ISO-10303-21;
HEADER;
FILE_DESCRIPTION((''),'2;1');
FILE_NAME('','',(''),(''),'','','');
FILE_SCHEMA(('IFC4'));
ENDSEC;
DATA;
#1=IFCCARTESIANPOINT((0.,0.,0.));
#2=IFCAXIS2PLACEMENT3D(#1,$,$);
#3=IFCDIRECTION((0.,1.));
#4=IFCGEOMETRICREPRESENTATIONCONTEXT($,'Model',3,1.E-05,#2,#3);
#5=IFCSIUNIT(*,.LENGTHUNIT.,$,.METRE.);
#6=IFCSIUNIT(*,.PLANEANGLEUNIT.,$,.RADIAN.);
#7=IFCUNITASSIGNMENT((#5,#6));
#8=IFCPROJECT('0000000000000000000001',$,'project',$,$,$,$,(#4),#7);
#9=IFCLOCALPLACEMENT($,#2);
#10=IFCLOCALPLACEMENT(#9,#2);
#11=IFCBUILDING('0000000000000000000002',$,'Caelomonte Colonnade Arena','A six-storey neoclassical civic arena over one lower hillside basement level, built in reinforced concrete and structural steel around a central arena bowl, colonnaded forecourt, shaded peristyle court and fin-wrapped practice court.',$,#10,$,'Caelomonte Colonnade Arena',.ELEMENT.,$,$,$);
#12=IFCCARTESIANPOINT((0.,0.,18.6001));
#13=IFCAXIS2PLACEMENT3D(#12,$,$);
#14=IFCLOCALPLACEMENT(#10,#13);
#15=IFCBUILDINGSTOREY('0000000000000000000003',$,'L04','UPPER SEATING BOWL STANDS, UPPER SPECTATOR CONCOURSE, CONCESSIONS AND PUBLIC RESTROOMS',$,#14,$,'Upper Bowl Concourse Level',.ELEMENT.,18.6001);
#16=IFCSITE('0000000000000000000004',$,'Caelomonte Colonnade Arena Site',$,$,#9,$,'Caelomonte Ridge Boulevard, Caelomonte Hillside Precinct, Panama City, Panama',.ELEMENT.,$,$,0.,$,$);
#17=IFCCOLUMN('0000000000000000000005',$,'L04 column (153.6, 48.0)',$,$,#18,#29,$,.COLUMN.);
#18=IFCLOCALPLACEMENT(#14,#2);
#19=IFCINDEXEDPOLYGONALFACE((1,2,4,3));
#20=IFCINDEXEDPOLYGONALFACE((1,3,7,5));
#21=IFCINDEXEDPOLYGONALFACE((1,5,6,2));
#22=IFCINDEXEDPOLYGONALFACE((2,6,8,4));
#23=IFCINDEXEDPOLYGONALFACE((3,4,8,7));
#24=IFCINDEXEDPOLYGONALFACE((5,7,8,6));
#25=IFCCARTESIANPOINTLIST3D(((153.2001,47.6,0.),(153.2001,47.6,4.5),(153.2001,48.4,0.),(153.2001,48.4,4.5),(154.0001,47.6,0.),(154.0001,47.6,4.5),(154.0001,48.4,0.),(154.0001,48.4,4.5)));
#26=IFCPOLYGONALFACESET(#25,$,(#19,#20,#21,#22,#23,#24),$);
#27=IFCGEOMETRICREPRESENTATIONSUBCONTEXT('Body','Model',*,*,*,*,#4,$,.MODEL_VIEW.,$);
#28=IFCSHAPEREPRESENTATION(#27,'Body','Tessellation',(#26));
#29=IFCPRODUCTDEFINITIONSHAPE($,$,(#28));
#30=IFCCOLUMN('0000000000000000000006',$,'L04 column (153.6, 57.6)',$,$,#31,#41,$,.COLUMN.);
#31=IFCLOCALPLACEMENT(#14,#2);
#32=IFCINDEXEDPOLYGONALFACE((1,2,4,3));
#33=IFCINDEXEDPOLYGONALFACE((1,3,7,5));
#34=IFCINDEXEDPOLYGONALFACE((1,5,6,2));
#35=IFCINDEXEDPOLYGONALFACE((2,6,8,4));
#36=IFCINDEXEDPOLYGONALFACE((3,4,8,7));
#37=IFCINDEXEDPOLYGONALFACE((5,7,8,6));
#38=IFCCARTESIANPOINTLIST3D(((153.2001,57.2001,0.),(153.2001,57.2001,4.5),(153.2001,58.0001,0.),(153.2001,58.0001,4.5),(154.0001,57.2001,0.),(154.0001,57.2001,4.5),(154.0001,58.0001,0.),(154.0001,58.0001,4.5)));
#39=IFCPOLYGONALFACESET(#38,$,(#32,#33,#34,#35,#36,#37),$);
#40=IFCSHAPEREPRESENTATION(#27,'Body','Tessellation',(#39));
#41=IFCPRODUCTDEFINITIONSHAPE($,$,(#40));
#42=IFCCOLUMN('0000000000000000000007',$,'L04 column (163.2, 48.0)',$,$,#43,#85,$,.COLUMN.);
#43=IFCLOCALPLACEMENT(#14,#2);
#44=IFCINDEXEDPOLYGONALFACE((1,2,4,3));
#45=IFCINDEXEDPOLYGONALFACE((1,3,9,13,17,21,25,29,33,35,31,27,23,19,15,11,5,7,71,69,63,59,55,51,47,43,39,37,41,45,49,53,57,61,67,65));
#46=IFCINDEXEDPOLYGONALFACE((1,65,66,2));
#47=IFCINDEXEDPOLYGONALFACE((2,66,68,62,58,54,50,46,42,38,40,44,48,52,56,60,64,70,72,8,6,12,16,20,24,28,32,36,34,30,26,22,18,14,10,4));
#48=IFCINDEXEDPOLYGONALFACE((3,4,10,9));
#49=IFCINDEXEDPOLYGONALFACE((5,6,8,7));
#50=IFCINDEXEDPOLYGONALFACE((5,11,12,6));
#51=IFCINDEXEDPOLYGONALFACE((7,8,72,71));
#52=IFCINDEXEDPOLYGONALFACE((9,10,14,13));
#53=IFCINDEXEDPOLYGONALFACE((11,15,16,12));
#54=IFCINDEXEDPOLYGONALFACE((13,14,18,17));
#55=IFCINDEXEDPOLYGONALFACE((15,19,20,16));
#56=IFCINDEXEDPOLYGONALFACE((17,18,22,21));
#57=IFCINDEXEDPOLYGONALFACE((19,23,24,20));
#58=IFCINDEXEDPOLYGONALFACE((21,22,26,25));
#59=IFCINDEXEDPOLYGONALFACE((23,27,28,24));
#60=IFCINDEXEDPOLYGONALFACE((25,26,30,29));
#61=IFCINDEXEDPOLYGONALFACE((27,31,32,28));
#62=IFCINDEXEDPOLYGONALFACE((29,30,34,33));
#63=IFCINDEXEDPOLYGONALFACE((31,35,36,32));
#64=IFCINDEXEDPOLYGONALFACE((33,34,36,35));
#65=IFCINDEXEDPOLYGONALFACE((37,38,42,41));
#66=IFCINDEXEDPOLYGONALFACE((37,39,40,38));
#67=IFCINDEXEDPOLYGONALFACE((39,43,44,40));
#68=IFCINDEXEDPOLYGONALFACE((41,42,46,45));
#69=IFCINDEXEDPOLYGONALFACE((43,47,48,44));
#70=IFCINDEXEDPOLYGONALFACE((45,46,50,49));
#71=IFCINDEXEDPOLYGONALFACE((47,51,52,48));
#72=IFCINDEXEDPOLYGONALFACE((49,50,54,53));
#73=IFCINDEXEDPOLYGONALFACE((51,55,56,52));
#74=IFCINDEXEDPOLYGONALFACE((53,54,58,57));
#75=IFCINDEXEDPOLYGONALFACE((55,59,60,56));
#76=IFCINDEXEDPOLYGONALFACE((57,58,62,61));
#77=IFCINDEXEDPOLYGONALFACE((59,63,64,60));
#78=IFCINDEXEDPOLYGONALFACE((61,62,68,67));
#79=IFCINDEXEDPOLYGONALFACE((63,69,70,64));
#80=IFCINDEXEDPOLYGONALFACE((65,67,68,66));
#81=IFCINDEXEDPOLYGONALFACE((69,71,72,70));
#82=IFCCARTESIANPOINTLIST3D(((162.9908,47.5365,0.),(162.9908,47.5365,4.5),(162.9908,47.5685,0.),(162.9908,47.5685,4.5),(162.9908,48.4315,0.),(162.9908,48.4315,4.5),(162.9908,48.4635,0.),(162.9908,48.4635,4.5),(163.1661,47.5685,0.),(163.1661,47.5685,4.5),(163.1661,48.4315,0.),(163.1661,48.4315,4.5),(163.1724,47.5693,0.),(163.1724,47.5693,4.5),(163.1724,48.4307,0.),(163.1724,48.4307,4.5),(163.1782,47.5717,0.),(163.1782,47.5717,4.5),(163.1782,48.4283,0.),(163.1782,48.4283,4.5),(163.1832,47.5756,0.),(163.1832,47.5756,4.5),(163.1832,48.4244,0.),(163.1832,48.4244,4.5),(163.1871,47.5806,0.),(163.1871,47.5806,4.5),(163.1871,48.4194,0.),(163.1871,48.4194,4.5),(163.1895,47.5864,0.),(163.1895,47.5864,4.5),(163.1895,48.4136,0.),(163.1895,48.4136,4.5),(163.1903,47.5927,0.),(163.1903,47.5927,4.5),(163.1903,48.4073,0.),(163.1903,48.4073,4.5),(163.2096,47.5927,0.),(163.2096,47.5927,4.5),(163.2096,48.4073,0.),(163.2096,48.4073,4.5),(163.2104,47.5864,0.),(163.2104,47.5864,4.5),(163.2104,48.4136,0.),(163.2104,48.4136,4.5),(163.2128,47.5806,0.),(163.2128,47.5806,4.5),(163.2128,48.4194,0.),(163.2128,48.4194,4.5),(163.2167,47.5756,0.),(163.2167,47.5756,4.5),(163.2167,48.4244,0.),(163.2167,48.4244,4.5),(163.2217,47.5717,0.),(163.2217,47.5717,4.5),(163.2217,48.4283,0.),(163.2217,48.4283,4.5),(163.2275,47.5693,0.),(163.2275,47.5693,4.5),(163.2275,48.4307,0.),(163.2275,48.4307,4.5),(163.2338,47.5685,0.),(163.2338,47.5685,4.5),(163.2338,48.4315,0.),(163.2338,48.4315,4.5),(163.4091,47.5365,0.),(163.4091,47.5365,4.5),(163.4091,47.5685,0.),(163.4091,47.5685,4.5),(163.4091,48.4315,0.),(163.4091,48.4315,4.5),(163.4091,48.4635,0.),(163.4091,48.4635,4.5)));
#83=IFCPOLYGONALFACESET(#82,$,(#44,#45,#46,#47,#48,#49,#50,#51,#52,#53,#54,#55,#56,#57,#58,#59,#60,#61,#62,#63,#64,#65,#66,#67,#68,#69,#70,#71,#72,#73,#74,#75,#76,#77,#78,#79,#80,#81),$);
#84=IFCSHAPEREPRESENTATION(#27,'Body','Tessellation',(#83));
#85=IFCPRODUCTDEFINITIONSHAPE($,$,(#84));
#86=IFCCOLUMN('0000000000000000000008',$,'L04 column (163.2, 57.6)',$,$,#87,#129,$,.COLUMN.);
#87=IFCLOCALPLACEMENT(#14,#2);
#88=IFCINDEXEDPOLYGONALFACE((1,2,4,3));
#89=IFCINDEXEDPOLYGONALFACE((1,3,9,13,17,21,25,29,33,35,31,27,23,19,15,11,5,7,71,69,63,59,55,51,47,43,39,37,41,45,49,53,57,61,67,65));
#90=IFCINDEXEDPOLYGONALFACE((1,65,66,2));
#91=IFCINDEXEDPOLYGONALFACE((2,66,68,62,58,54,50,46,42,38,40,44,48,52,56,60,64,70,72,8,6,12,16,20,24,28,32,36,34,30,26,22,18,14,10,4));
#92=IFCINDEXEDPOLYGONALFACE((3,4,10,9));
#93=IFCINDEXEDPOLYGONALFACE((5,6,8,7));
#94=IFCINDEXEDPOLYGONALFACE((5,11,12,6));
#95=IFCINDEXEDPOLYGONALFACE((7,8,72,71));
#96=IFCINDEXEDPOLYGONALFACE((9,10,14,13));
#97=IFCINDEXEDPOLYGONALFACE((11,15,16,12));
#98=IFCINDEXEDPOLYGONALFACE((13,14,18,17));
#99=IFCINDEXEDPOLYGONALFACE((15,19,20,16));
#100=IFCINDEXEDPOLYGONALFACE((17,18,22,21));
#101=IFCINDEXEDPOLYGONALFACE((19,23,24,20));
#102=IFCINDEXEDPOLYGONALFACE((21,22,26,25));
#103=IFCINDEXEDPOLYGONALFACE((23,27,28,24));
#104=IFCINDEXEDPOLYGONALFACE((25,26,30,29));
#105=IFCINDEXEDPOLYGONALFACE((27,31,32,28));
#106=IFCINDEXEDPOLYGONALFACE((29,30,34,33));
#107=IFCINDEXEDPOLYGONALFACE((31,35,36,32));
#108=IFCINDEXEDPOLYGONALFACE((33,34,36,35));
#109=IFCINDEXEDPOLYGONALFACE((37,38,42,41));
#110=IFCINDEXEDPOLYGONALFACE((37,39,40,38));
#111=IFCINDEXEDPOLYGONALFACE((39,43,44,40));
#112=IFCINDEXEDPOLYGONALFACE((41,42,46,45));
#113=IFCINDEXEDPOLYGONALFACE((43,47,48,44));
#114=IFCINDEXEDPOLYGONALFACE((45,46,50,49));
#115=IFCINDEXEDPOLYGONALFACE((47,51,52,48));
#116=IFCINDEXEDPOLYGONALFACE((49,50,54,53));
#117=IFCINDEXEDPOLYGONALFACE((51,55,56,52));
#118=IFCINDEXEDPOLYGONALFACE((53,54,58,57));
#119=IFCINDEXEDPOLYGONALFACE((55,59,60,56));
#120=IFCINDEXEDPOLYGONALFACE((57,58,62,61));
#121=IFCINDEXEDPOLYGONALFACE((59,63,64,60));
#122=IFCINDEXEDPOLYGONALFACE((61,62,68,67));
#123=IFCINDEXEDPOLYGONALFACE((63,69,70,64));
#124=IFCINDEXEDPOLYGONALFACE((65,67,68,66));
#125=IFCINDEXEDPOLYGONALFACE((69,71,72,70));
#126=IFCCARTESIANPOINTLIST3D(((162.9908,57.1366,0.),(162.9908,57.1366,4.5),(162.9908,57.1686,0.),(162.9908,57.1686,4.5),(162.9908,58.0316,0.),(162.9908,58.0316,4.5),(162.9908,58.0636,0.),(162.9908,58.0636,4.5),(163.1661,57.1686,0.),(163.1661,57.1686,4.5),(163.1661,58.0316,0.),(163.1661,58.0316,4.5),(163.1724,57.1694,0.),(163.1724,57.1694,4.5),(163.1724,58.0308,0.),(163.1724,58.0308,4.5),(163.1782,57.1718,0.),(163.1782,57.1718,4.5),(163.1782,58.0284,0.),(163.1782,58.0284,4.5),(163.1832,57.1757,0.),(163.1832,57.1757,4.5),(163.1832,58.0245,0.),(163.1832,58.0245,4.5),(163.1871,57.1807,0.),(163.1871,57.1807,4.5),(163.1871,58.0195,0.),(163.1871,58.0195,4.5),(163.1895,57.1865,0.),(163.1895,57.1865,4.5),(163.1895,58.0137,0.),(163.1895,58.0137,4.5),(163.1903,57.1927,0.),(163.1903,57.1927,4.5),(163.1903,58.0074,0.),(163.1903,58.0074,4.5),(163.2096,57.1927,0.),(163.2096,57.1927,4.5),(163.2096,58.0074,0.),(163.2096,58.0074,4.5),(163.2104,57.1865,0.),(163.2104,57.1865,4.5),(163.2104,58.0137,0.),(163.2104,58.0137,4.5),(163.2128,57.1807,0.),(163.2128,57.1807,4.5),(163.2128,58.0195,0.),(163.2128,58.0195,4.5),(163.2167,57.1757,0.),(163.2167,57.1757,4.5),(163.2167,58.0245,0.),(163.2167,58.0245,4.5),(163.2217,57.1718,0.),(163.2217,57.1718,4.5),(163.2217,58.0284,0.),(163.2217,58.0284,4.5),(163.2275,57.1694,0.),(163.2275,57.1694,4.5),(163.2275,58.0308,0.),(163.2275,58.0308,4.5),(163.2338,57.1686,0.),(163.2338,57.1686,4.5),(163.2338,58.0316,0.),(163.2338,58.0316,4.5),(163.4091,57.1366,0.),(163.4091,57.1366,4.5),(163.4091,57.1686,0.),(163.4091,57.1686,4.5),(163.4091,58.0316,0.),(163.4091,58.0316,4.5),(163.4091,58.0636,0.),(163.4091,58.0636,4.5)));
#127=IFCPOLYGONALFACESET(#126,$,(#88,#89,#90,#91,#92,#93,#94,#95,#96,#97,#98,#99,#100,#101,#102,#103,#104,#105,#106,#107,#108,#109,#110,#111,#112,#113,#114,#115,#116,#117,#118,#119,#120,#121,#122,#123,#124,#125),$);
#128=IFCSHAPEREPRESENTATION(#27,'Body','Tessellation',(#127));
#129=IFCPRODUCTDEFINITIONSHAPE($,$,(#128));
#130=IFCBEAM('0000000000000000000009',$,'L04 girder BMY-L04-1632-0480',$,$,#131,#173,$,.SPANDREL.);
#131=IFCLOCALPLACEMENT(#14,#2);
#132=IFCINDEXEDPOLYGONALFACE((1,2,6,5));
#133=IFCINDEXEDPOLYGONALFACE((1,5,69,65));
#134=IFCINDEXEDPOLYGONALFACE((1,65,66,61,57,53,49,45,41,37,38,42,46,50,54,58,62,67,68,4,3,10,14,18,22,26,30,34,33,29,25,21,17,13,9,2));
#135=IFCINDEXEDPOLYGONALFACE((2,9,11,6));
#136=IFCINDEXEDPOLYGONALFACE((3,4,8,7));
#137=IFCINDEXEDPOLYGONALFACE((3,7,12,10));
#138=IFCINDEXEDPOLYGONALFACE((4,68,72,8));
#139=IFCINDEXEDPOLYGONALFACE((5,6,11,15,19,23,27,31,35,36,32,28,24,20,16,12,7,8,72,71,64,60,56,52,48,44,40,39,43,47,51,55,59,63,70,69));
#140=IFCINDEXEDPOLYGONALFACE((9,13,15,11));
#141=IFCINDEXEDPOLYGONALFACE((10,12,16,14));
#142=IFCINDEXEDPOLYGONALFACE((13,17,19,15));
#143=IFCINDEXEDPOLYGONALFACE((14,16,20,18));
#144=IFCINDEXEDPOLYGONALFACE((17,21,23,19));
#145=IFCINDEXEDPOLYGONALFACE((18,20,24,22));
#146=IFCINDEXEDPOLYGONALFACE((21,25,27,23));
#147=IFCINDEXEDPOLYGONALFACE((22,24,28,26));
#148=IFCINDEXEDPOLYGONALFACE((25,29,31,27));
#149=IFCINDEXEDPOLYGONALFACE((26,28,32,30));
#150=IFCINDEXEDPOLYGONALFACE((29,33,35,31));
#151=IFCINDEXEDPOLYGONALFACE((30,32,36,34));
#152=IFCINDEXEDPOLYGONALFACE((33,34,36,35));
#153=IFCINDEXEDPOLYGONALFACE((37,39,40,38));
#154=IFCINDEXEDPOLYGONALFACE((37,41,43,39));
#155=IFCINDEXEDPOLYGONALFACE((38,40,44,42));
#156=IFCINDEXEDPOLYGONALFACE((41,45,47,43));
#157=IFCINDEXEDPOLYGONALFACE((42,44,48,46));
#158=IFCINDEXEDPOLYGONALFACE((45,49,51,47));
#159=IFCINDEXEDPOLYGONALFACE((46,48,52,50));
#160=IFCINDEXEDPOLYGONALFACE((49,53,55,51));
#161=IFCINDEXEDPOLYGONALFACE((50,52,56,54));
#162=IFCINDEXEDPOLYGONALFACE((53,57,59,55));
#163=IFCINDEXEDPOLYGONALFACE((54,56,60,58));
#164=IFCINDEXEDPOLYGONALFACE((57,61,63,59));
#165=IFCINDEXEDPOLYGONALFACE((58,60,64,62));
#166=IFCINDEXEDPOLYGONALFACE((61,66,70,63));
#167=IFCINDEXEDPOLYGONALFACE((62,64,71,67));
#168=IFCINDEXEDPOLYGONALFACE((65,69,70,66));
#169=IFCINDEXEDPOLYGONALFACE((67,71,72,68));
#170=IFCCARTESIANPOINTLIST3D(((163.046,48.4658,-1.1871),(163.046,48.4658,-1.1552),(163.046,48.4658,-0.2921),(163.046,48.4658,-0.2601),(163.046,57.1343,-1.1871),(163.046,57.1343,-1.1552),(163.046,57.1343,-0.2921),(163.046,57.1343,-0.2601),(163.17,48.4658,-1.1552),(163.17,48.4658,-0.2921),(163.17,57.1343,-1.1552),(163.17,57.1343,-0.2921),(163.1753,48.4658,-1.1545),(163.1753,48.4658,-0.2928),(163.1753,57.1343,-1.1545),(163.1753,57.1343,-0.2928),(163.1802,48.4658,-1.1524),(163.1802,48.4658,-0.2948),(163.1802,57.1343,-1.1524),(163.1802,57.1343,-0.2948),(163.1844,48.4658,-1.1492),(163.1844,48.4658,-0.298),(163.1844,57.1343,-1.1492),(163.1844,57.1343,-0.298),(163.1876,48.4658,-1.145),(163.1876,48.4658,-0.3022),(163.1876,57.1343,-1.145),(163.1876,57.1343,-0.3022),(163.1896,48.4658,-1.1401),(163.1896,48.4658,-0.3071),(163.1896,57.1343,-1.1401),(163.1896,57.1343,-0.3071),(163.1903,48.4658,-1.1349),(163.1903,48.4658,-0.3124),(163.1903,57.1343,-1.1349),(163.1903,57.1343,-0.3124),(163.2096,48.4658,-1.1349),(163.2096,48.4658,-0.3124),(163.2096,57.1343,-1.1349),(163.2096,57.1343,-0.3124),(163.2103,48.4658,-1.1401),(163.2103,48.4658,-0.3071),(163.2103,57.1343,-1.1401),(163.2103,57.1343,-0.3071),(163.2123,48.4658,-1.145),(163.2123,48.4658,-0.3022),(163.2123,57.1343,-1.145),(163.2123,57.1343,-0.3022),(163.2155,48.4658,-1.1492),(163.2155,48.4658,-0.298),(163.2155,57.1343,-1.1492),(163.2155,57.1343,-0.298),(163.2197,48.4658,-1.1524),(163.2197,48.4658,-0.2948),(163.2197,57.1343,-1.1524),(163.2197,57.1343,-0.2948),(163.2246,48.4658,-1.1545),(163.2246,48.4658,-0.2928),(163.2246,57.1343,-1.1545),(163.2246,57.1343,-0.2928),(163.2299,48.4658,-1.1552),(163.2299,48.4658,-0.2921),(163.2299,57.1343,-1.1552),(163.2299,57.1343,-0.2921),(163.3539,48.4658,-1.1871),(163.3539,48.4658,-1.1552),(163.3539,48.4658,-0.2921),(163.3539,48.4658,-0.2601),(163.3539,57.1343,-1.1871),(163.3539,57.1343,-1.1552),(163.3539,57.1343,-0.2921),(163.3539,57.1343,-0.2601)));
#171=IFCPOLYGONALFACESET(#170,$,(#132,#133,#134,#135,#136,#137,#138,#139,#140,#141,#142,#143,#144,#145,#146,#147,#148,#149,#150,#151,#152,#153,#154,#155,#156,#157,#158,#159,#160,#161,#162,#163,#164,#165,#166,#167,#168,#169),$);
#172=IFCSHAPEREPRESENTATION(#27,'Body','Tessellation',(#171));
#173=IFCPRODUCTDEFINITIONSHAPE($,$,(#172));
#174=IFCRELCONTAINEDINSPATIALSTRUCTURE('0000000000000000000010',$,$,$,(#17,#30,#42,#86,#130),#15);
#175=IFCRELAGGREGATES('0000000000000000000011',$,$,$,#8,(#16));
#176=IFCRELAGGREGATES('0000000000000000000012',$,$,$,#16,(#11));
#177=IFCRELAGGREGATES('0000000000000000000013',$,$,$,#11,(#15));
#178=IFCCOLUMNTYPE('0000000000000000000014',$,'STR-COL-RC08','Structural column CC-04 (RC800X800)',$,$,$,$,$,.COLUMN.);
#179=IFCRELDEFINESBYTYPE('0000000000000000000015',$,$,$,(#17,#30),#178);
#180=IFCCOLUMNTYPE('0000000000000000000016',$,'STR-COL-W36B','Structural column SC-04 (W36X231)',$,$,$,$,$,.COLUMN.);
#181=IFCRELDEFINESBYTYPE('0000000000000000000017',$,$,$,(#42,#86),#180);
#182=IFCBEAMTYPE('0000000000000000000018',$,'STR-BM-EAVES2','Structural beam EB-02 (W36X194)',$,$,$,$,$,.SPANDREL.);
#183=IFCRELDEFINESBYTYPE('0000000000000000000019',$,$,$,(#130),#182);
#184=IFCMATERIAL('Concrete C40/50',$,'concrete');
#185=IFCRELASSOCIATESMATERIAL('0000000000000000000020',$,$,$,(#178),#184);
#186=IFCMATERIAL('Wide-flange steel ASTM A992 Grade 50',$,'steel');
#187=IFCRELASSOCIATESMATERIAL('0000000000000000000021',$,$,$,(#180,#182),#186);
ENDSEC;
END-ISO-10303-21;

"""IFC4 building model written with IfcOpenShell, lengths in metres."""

from ifc_helpers import new_model, si_unit, direction, frame, origin, origin_2d, place, context, subcontext, project, spatial, rectangle, i_section, extrude, material, material_profile, profile_set, type_object, element, save


model = new_model("IFC4")

# Units and contexts
model_context = context("Model", 3, precision=1e-05, world=origin(), true_north=direction((0.0, 1.0)))
body_context = subcontext(model_context, "Body", "Model", "MODEL_VIEW")
ifc_project = project(units=[si_unit("LENGTHUNIT", "METRE"), si_unit("PLANEANGLEUNIT", "RADIAN")], contexts=[model_context])

# Site, building, storey
site_placement = place(None, origin())
site = spatial("IfcSite", under=ifc_project, at=site_placement, Name="Caelomonte Colonnade Arena Site", LongName="Caelomonte Ridge Boulevard, Caelomonte Hillside Precinct, Panama City, Panama", CompositionType="ELEMENT", RefElevation=0.0)
building_placement = place(site_placement, origin())
building = spatial("IfcBuilding", under=site, at=building_placement, Name="Caelomonte Colonnade Arena", Description="A six-storey neoclassical civic arena over one lower hillside basement level, built in reinforced concrete and structural steel around a central arena bowl, colonnaded forecourt, shaded peristyle court and fin-wrapped practice court.", LongName="Caelomonte Colonnade Arena", CompositionType="ELEMENT")
storey_placement = place(building_placement, frame((0.0, 0.0, 18.6001)))
storey = spatial("IfcBuildingStorey", under=building, at=storey_placement, Name="L04", Description="UPPER SEATING BOWL STANDS, UPPER SPECTATOR CONCOURSE, CONCESSIONS AND PUBLIC RESTROOMS", LongName="Upper Bowl Concourse Level", CompositionType="ELEMENT", Elevation=18.6001)

# Columns
ifc_material_1 = material(Name="Concrete C40/50", Category="concrete")
ifc_material_profile_1 = material_profile(ifc_material_1, rectangle(XDim=0.8, YDim=0.8, at=origin_2d()), Name="RC800X800")
ifc_profile_set_1 = profile_set([ifc_material_profile_1], Name="Concrete C40/50")
column_type_1 = type_object("IfcColumnType", Name="STR-COL-RC08", Description="Structural column CC-04 (RC800X800)", PredefinedType="COLUMN", material=ifc_profile_set_1)
for number, where, z_axis, x_axis, name in (
    (1, (153.6001, 48.0, 0.0), (0.0, 0.0, 1.0), (1.0, 0.0, 0.0), "L04 column (153.6, 48.0)"),
    (2, (153.6001, 57.6001, 0.0), (0.0, 0.0, 1.0), (1.0, 0.0, 0.0), "L04 column (153.6, 57.6)"),
):
    element("IfcColumn", number, at=place(storey_placement, frame(where, z_axis=z_axis, x_axis=x_axis)), inside=storey, type_object=column_type_1, Name=name, PredefinedType="COLUMN", context=body_context, shape_type="SweptSolid", body=[
        extrude(rectangle(XDim=0.8, YDim=0.8, at=origin_2d()), origin(), (0.0, 0.0, 1.0), 4.5),
    ])
ifc_material_2 = material(Name="Wide-flange steel ASTM A992 Grade 50", Category="steel")
ifc_material_profile_2 = material_profile(ifc_material_2, i_section(OverallWidth=0.4182, OverallDepth=0.927, WebThickness=0.0193, FlangeThickness=0.032, FilletRadius=0.0242, at=origin_2d()), Name="W36X231")
ifc_profile_set_2 = profile_set([ifc_material_profile_2], Name="Wide-flange steel ASTM A992 Grade 50")
column_type_2 = type_object("IfcColumnType", Name="STR-COL-W36B", Description="Structural column SC-04 (W36X231)", PredefinedType="COLUMN", material=ifc_profile_set_2)
for number, where, z_axis, x_axis, name in (
    (3, (163.2, 48.0, 0.0), (0.0, 0.0, 1.0), (1.0, 0.0, 0.0), "L04 column (163.2, 48.0)"),
    (4, (163.2, 57.6001, 0.0), (0.0, 0.0, 1.0), (1.0, 0.0, 0.0), "L04 column (163.2, 57.6)"),
):
    element("IfcColumn", number, at=place(storey_placement, frame(where, z_axis=z_axis, x_axis=x_axis)), inside=storey, type_object=column_type_2, Name=name, PredefinedType="COLUMN", context=body_context, shape_type="SweptSolid", body=[
        extrude(i_section(OverallWidth=0.4182, OverallDepth=0.927, WebThickness=0.0193, FlangeThickness=0.032, FilletRadius=0.0242, at=origin_2d()), origin(), (0.0, 0.0, 1.0), 4.5),
    ])

# Beam
ifc_material_profile_3 = material_profile(ifc_material_2, i_section(OverallWidth=0.3079, OverallDepth=0.927, WebThickness=0.0193, FlangeThickness=0.032, FilletRadius=0.0203, at=origin_2d()), Name="W36X194")
ifc_profile_set_3 = profile_set([ifc_material_profile_3], Name="Wide-flange steel ASTM A992 Grade 50")
beam_type_1 = type_object("IfcBeamType", Name="STR-BM-EAVES2", Description="Structural beam EB-02 (W36X194)", PredefinedType="SPANDREL", material=ifc_profile_set_3)
beam_1_placement = place(storey_placement, frame((163.2, 48.4658, -0.7236), z_axis=(0.0, 1.0, 0.0), x_axis=(-1.0, 0.0, 0.0)))
element("IfcBeam", 5, at=beam_1_placement, inside=storey, type_object=beam_type_1, Name="L04 girder BMY-L04-1632-0480", PredefinedType="SPANDREL", context=body_context, shape_type="SweptSolid", body=[
    extrude(i_section(OverallWidth=0.3079, OverallDepth=0.927, WebThickness=0.0193, FlangeThickness=0.032, FilletRadius=0.0203, at=origin_2d()), origin(), (0.0, 0.0, 1.0), 8.6685),
])

save(model, "model.ifc")
